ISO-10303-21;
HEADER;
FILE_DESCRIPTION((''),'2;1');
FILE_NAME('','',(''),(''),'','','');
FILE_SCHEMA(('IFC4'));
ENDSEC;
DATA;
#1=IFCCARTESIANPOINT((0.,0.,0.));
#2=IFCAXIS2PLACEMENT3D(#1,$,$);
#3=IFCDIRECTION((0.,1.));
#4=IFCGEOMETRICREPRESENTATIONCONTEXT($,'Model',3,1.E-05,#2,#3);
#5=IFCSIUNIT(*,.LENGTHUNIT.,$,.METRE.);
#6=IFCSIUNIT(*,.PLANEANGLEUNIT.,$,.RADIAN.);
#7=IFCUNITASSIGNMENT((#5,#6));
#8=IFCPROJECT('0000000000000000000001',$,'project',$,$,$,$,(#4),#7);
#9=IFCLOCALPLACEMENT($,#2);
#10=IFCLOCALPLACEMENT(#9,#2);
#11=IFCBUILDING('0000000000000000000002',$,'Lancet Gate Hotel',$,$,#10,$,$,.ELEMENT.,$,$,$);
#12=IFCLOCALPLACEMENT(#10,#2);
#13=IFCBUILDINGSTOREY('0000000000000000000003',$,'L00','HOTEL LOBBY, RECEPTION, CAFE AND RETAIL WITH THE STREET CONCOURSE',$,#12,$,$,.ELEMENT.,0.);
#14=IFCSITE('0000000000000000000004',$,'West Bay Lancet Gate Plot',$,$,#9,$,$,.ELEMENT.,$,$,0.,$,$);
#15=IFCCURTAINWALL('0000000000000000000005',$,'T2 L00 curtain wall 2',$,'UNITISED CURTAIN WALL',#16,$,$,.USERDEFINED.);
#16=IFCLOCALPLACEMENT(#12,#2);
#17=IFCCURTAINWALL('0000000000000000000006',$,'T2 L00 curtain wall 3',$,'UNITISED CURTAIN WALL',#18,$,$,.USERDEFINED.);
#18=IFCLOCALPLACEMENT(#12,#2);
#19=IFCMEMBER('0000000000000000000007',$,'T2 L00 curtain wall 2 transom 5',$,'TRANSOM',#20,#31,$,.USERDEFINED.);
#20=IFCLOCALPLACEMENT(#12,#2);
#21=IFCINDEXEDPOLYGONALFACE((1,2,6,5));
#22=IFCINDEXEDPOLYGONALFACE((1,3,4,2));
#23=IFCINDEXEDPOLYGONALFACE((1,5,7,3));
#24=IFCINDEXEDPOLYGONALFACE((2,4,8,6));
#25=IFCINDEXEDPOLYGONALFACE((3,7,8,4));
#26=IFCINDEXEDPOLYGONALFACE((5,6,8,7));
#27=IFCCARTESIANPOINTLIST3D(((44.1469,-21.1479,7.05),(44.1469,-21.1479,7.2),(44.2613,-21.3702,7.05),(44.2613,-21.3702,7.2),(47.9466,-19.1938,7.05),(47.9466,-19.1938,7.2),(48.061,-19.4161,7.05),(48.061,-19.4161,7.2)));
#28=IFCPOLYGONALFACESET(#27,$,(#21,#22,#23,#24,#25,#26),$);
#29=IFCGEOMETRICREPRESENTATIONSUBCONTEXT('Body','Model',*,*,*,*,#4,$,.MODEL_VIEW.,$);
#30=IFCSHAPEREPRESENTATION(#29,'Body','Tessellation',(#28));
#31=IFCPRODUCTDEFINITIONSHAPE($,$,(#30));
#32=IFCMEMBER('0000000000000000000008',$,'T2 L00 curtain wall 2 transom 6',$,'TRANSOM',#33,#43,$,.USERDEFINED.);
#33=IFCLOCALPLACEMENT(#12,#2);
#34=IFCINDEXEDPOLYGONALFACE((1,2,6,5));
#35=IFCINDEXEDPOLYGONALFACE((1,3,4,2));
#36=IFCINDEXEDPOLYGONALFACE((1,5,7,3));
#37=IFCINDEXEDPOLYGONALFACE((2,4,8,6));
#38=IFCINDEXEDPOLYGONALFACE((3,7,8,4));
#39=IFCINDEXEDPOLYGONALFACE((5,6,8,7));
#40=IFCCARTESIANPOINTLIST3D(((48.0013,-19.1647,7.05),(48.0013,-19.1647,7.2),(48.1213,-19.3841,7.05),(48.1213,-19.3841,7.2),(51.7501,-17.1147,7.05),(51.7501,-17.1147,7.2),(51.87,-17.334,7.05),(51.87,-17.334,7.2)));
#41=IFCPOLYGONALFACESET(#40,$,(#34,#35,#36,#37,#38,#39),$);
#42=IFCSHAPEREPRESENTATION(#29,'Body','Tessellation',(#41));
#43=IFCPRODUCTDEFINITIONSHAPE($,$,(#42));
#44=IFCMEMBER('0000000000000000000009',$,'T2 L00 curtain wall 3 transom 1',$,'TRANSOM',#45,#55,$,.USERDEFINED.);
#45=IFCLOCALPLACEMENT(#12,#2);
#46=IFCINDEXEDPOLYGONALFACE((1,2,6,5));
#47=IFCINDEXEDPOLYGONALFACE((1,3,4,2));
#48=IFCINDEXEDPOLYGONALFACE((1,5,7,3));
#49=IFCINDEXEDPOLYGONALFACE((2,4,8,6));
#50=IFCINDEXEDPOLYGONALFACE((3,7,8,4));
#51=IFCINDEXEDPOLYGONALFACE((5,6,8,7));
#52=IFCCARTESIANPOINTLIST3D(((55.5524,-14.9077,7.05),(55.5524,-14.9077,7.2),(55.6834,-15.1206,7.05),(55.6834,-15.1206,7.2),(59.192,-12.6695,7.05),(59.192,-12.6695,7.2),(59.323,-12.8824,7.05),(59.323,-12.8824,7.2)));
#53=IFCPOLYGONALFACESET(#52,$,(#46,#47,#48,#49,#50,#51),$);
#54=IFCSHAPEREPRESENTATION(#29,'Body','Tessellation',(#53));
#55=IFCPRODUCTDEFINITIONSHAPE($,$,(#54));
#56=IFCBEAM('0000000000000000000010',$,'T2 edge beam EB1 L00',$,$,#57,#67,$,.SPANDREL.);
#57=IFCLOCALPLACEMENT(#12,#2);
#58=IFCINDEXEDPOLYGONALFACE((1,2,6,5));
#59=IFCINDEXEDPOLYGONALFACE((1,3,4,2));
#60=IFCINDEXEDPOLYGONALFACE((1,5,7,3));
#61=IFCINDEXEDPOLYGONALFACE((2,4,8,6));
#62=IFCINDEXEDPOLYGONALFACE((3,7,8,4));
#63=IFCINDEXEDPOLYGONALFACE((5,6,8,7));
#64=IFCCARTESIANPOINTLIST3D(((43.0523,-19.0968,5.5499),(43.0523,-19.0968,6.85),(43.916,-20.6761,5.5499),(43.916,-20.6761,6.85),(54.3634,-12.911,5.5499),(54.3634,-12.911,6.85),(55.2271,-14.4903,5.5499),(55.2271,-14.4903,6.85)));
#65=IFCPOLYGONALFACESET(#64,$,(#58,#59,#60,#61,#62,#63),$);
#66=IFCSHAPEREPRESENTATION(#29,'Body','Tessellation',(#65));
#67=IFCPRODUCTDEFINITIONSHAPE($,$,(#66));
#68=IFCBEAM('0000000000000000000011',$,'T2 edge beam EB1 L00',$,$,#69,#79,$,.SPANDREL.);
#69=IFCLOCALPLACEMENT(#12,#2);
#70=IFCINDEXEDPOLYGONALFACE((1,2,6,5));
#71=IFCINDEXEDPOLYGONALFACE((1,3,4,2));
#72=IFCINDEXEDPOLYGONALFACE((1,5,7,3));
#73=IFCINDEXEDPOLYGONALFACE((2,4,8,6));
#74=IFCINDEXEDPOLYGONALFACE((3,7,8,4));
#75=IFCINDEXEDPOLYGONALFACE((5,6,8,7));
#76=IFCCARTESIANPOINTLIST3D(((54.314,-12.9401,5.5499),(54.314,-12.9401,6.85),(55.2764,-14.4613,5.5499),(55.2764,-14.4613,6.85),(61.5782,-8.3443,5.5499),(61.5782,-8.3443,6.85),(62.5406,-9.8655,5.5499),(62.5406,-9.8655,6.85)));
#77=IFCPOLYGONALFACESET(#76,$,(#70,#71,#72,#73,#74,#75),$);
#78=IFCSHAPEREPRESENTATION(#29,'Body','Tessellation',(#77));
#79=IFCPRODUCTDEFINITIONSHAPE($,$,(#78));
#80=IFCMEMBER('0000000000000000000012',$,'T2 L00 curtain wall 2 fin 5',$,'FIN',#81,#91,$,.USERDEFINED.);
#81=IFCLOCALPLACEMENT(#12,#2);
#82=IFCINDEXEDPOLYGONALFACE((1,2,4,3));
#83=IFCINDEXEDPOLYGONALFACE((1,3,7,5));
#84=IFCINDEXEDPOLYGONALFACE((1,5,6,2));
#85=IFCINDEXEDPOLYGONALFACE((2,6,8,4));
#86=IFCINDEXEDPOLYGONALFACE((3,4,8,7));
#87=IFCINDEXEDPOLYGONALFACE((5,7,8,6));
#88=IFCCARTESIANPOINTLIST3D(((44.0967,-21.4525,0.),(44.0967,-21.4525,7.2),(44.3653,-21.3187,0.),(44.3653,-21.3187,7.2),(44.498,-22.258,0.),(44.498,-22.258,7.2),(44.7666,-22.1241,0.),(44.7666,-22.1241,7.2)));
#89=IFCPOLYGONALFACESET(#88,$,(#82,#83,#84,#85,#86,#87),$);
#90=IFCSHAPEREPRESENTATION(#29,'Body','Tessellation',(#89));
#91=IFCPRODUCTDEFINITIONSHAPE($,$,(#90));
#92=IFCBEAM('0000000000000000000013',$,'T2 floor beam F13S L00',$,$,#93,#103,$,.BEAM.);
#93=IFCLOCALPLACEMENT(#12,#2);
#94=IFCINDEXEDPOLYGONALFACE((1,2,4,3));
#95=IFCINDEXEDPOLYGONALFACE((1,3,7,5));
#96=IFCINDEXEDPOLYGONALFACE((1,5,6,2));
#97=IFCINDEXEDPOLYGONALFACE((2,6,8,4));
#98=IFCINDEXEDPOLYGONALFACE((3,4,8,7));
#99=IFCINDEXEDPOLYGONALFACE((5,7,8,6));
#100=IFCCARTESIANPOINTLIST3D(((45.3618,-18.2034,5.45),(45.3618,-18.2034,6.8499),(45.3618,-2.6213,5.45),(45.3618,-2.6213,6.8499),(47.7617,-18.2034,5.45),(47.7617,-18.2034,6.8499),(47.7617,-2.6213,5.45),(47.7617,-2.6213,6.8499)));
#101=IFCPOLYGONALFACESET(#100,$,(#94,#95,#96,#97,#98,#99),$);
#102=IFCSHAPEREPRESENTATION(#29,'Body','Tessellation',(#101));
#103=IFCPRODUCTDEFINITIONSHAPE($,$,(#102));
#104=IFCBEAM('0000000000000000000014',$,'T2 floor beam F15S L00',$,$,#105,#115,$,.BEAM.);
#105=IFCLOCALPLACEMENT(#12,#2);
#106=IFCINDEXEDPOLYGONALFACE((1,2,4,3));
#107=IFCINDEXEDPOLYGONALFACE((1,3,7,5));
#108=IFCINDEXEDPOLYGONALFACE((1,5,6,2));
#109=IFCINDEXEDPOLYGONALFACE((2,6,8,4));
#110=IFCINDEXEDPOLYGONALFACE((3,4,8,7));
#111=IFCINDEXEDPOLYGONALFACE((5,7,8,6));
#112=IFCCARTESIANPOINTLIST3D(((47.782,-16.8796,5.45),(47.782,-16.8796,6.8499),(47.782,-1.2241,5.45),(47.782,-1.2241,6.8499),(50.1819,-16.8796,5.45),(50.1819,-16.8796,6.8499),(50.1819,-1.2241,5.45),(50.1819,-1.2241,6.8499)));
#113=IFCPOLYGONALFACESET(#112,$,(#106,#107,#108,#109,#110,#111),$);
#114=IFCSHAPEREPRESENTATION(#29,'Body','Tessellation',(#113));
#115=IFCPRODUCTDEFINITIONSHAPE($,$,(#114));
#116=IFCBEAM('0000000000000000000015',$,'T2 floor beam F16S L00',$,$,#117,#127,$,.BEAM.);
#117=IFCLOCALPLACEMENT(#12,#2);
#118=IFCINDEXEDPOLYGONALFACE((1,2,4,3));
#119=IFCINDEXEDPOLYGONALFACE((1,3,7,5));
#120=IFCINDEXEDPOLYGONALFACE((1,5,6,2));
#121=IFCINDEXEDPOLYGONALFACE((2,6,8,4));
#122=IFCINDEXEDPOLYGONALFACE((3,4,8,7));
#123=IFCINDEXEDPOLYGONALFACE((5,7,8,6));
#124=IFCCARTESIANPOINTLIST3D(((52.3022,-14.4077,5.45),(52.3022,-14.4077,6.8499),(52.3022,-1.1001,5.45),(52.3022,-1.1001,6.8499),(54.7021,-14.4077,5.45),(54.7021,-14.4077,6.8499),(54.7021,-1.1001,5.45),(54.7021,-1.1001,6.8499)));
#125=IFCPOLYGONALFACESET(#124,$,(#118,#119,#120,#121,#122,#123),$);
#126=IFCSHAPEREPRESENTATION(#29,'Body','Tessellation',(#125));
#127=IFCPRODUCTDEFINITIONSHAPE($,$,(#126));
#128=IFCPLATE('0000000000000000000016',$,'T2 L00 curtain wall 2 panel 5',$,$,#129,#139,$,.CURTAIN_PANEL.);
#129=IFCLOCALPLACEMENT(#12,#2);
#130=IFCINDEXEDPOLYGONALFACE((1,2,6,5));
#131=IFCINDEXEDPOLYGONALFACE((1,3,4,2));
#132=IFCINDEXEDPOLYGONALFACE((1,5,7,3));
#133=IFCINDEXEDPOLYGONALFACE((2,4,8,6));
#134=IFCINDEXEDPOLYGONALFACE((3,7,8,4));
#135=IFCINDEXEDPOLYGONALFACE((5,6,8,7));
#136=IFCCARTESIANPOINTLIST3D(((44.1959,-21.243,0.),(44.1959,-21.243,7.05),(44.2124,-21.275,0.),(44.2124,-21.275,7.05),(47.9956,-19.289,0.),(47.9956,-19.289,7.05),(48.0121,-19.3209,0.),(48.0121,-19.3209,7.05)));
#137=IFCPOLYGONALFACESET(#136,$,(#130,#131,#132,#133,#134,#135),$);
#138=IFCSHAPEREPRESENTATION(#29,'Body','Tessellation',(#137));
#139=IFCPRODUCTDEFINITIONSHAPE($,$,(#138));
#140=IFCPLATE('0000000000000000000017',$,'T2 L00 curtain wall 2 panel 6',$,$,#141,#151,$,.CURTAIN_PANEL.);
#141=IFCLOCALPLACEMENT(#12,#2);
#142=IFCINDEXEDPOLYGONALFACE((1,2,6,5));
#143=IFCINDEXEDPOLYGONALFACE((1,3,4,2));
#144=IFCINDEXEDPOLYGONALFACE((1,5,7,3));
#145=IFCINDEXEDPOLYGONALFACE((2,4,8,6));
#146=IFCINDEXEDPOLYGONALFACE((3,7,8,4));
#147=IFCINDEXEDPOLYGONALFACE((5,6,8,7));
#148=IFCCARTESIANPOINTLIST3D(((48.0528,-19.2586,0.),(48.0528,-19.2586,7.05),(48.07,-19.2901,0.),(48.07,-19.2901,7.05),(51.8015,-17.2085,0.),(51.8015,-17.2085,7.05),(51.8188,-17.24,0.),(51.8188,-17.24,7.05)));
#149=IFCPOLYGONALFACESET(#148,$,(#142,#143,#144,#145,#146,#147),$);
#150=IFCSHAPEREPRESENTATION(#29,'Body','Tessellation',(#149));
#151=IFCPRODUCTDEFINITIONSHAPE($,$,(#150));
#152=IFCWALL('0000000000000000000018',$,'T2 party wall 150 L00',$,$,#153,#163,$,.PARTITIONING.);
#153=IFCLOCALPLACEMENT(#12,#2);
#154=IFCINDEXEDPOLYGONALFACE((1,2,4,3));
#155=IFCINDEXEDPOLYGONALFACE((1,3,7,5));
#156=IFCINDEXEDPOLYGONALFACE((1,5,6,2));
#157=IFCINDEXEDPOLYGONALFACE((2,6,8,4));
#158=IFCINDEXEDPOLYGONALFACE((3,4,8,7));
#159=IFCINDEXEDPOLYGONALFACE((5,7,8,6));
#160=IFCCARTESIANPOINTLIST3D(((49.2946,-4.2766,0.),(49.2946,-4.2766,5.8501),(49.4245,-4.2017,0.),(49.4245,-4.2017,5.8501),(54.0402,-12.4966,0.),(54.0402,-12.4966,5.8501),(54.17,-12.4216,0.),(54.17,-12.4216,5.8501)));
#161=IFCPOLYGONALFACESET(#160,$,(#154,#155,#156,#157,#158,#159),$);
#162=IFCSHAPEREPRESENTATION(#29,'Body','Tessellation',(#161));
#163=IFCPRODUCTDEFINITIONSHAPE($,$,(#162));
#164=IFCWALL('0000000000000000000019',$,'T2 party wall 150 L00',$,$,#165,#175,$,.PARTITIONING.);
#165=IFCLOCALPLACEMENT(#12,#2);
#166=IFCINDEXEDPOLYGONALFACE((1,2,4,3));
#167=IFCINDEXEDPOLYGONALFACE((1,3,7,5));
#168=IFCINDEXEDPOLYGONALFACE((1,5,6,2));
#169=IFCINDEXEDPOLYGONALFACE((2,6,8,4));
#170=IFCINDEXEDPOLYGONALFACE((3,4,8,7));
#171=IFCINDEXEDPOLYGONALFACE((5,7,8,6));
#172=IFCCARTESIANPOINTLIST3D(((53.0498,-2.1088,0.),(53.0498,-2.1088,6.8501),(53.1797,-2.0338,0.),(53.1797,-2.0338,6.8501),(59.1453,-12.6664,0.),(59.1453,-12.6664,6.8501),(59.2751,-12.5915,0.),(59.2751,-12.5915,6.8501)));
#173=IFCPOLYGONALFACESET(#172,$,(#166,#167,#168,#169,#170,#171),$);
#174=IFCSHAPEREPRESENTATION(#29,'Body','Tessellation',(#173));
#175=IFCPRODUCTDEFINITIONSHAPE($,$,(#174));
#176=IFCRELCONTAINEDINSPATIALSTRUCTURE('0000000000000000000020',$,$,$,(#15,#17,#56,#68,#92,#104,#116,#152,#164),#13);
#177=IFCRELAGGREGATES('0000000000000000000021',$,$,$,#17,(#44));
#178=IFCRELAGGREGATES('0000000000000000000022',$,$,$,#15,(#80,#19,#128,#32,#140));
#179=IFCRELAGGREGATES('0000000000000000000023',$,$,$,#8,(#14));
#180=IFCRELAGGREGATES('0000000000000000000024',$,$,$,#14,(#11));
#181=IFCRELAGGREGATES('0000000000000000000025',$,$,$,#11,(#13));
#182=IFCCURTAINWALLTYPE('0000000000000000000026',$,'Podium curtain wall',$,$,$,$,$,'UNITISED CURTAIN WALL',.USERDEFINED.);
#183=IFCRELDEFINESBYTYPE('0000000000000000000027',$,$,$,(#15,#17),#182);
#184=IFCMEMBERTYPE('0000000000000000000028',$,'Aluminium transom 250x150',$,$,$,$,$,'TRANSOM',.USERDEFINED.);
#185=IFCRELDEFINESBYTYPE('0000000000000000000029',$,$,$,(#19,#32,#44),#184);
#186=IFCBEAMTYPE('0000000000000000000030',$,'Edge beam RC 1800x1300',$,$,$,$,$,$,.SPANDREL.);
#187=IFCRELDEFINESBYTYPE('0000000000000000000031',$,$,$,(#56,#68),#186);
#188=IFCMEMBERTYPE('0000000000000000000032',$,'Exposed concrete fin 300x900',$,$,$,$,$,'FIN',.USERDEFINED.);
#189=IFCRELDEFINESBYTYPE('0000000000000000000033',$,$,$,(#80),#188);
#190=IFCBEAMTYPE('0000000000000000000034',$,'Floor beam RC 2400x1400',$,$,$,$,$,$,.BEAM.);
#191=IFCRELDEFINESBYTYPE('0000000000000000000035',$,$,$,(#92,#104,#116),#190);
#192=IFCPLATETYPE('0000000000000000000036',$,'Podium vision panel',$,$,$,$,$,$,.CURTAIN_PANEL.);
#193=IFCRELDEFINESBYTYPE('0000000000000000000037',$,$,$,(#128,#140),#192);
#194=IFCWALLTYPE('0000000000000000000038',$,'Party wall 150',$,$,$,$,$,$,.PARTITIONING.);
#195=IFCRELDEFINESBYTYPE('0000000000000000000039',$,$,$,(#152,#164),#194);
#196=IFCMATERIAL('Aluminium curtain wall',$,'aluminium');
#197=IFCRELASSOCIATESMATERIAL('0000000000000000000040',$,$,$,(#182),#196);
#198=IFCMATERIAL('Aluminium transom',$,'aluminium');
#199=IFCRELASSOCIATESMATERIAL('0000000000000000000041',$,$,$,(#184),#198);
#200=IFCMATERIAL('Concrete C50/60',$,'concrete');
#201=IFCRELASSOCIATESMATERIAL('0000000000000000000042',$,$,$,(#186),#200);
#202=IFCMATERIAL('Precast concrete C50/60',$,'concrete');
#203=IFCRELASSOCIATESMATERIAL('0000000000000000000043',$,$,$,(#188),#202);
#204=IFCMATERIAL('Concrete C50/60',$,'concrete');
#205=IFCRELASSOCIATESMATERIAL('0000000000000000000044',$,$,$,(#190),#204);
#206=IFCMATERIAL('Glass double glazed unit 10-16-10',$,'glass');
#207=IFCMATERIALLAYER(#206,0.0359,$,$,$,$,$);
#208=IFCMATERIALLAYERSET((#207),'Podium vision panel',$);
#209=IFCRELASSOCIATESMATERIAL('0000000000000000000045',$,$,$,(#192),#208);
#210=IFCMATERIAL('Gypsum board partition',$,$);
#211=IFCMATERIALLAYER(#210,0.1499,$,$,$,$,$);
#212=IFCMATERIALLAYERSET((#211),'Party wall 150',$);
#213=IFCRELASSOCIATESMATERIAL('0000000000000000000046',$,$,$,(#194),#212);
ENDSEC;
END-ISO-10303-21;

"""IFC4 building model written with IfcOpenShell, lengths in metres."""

from ifc_helpers import new_model, si_unit, direction, frame, frame_2d, origin, origin_2d, place, context, subcontext, project, spatial, rectangle, extrude, material, layer, layer_set, material_profile, profile_set, type_object, element, aggregate, save


model = new_model("IFC4")

# Units and contexts
model_context = context("Model", 3, precision=1e-05, world=origin(), true_north=direction((0.0, 1.0)))
body_context = subcontext(model_context, "Body", "Model", "MODEL_VIEW")
ifc_project = project(units=[si_unit("LENGTHUNIT", "METRE"), si_unit("PLANEANGLEUNIT", "RADIAN")], contexts=[model_context])

# Site, building, storey
site_placement = place(None, origin())
site = spatial("IfcSite", under=ifc_project, at=site_placement, Name="West Bay Lancet Gate Plot", CompositionType="ELEMENT", RefElevation=0.0)
building_placement = place(site_placement, origin())
building = spatial("IfcBuilding", under=site, at=building_placement, Name="Lancet Gate Hotel", CompositionType="ELEMENT")
storey_placement = place(building_placement, origin())
storey = spatial("IfcBuildingStorey", under=building, at=storey_placement, Name="L00", Description="HOTEL LOBBY, RECEPTION, CAFE AND RETAIL WITH THE STREET CONCOURSE", CompositionType="ELEMENT", Elevation=0.0)

# Curtain wall
ifc_material_1 = material(Name="Aluminium curtain wall", Category="aluminium")
curtain_wall_type = type_object("IfcCurtainWallType", Name="Podium curtain wall", ElementType="UNITISED CURTAIN WALL", PredefinedType="USERDEFINED", material=ifc_material_1)
curtain_wall_1_placement = place(storey_placement, origin())
curtain_wall_1 = element("IfcCurtainWall", 1, at=curtain_wall_1_placement, inside=storey, type_object=curtain_wall_type, Name="T2 L00 curtain wall 2", ObjectType="UNITISED CURTAIN WALL", PredefinedType="USERDEFINED")

# Curtain wall
curtain_wall_2_placement = place(storey_placement, origin())
curtain_wall_2 = element("IfcCurtainWall", 2, at=curtain_wall_2_placement, inside=storey, type_object=curtain_wall_type, Name="T2 L00 curtain wall 3", ObjectType="UNITISED CURTAIN WALL", PredefinedType="USERDEFINED")

# Members
ifc_material_2 = material(Name="Aluminium transom", Category="aluminium")
ifc_material_profile_1 = material_profile(ifc_material_2, rectangle(XDim=0.25, YDim=0.1499, at=origin_2d()), Name="TRANSOM 250x150")
ifc_profile_set_1 = profile_set([ifc_material_profile_1], Name="Aluminium transom")
member_type_1 = type_object("IfcMemberType", Name="Aluminium transom 250x150", ElementType="TRANSOM", PredefinedType="USERDEFINED", material=ifc_profile_set_1)
member_1_placement = place(storey_placement, frame((44.2041, -21.259, 7.125), z_axis=(0.889296, 0.457333, 0.0), x_axis=(-0.457333, 0.889296, 0.0)))
member_1 = element("IfcMember", 3, at=member_1_placement, type_object=member_type_1, Name="T2 L00 curtain wall 2 transom 5", ObjectType="TRANSOM", PredefinedType="USERDEFINED", context=body_context, shape_type="SweptSolid", body=[
    extrude(rectangle(XDim=0.25, YDim=0.1499, at=origin_2d()), origin(), (0.0, 0.0, 1.0), 4.2727),
])
member_2_placement = place(storey_placement, frame((48.0613, -19.2744, 7.125), z_axis=(0.877378, 0.479801, 0.0), x_axis=(-0.479801, 0.877378, 0.0)))
member_2 = element("IfcMember", 4, at=member_2_placement, type_object=member_type_1, Name="T2 L00 curtain wall 2 transom 6", ObjectType="TRANSOM", PredefinedType="USERDEFINED", context=body_context, shape_type="SweptSolid", body=[
    extrude(rectangle(XDim=0.25, YDim=0.1499, at=origin_2d()), origin(), (0.0, 0.0, 1.0), 4.2727),
])
member_3_placement = place(storey_placement, frame((55.6179, -15.0142, 7.125), z_axis=(0.851815, 0.523842, 0.0), x_axis=(-0.523842, 0.851815, 0.0)))
member_3 = element("IfcMember", 5, at=member_3_placement, type_object=member_type_1, Name="T2 L00 curtain wall 3 transom 1", ObjectType="TRANSOM", PredefinedType="USERDEFINED", context=body_context, shape_type="SweptSolid", body=[
    extrude(rectangle(XDim=0.25, YDim=0.1499, at=origin_2d()), origin(), (0.0, 0.0, 1.0), 4.2727),
])
aggregate(curtain_wall_2, [member_3])

# Beams
ifc_material_3 = material(Name="Concrete C50/60", Category="concrete")
ifc_material_profile_2 = material_profile(ifc_material_3, rectangle(XDim=1.8, YDim=1.3, at=origin_2d()), Name="RC 1800x1300")
ifc_profile_set_2 = profile_set([ifc_material_profile_2], Name="Concrete C50/60")
beam_type_1 = type_object("IfcBeamType", Name="Edge beam RC 1800x1300", PredefinedType="SPANDREL", material=ifc_profile_set_2)
beam_1_placement = place(storey_placement, frame((43.4841, -19.8865, 6.2), z_axis=(0.877369, 0.479816, 0.0), x_axis=(-0.479816, 0.877369, 0.0)))
element("IfcBeam", 6, at=beam_1_placement, inside=storey, type_object=beam_type_1, Name="T2 edge beam EB1 L00", PredefinedType="SPANDREL", context=body_context, shape_type="SweptSolid", body=[
    extrude(rectangle(XDim=1.8, YDim=1.3, at=origin_2d()), origin(), (0.0, 0.0, 1.0), 12.8921),
])
beam_2_placement = place(storey_placement, frame((54.7952, -13.7007, 6.2), z_axis=(0.845078, 0.534643, 0.0), x_axis=(-0.534643, 0.845078, 0.0)))
element("IfcBeam", 7, at=beam_2_placement, inside=storey, type_object=beam_type_1, Name="T2 edge beam EB1 L00", PredefinedType="SPANDREL", context=body_context, shape_type="SweptSolid", body=[
    extrude(rectangle(XDim=1.8, YDim=1.3, at=origin_2d()), origin(), (0.0, 0.0, 1.0), 8.5959),
])

# Member
ifc_material_4 = material(Name="Precast concrete C50/60", Category="concrete")
ifc_material_profile_3 = material_profile(ifc_material_4, rectangle(XDim=0.3, YDim=0.8999, at=origin_2d()), Name="FIN 300x900")
ifc_profile_set_3 = profile_set([ifc_material_profile_3], Name="Precast concrete C50/60")
member_type_2 = type_object("IfcMemberType", Name="Exposed concrete fin 300x900", ElementType="FIN", PredefinedType="USERDEFINED", material=ifc_profile_set_3)
member_4_placement = place(storey_placement, frame((44.4316, -21.7883, 0.0), z_axis=(0.0, 0.0, 1.0), x_axis=(0.895044, 0.445978, 0.0)))
member_4 = element("IfcMember", 8, at=member_4_placement, type_object=member_type_2, Name="T2 L00 curtain wall 2 fin 5", ObjectType="FIN", PredefinedType="USERDEFINED", context=body_context, shape_type="SweptSolid", body=[
    extrude(rectangle(XDim=0.3, YDim=0.8999, at=origin_2d()), origin(), (0.0, 0.0, 1.0), 7.2),
])

# Beams
ifc_material_5 = material(Name="Concrete C50/60", Category="concrete")
ifc_material_profile_4 = material_profile(ifc_material_5, rectangle(XDim=2.3999, YDim=1.3999, at=origin_2d()), Name="RC 2400x1400")
ifc_profile_set_4 = profile_set([ifc_material_profile_4], Name="Concrete C50/60")
beam_type_2 = type_object("IfcBeamType", Name="Floor beam RC 2400x1400", PredefinedType="BEAM", material=ifc_profile_set_4)
beam_3_placement = place(storey_placement, frame((46.5618, -18.2034, 6.1499), z_axis=(0.0, 1.0, 0.0), x_axis=(-1.0, 0.0, 0.0)))
element("IfcBeam", 9, at=beam_3_placement, inside=storey, type_object=beam_type_2, Name="T2 floor beam F13S L00", PredefinedType="BEAM", context=body_context, shape_type="SweptSolid", body=[
    extrude(rectangle(XDim=2.3999, YDim=1.3999, at=origin_2d()), origin(), (0.0, 0.0, 1.0), 15.582),
])
beam_4_placement = place(storey_placement, frame((48.9819, -16.8796, 6.1499), z_axis=(0.0, 1.0, 0.0), x_axis=(-1.0, 0.0, 0.0)))
element("IfcBeam", 10, at=beam_4_placement, inside=storey, type_object=beam_type_2, Name="T2 floor beam F15S L00", PredefinedType="BEAM", context=body_context, shape_type="SweptSolid", body=[
    extrude(rectangle(XDim=2.3999, YDim=1.3999, at=origin_2d()), origin(), (0.0, 0.0, 1.0), 15.6555),
])
beam_5_placement = place(storey_placement, frame((53.5022, -14.4077, 6.1499), z_axis=(0.0, 1.0, 0.0), x_axis=(-1.0, 0.0, 0.0)))
element("IfcBeam", 11, at=beam_5_placement, inside=storey, type_object=beam_type_2, Name="T2 floor beam F16S L00", PredefinedType="BEAM", context=body_context, shape_type="SweptSolid", body=[
    extrude(rectangle(XDim=2.3999, YDim=1.3999, at=origin_2d()), origin(), (0.0, 0.0, 1.0), 13.3076),
])

# Plates
ifc_material_6 = material(Name="Glass double glazed unit 10-16-10", Category="glass")
ifc_layer_1 = layer(ifc_material_6, 0.0359)
ifc_layer_set_1 = layer_set([ifc_layer_1], Name="Podium vision panel")
plate_type = type_object("IfcPlateType", Name="Podium vision panel", PredefinedType="CURTAIN_PANEL", material=ifc_layer_set_1)
plate_1_placement = place(storey_placement, frame((46.104, -20.282, 0.0), z_axis=(0.0, 0.0, 1.0), x_axis=(0.889296, 0.457332, 0.0)))
plate_1 = element("IfcPlate", 12, at=plate_1_placement, type_object=plate_type, Name="T2 L00 curtain wall 2 panel 5", PredefinedType="CURTAIN_PANEL", context=body_context, shape_type="SweptSolid", body=[
    extrude(rectangle(XDim=4.2727, YDim=0.0359, at=origin_2d()), origin(), (0.0, 0.0, 1.0), 7.05),
])
plate_2_placement = place(storey_placement, frame((49.9358, -18.2493, 0.0), z_axis=(0.0, 0.0, 1.0), x_axis=(0.877368, 0.479818, 0.0)))
plate_2 = element("IfcPlate", 13, at=plate_2_placement, type_object=plate_type, Name="T2 L00 curtain wall 2 panel 6", PredefinedType="CURTAIN_PANEL", context=body_context, shape_type="SweptSolid", body=[
    extrude(rectangle(XDim=4.2727, YDim=0.0359, at=origin_2d()), origin(), (0.0, 0.0, 1.0), 7.05),
])
aggregate(curtain_wall_1, [member_4, member_1, plate_1, member_2, plate_2])

# Walls
ifc_material_7 = material(Name="Gypsum board partition")
ifc_layer_2 = layer(ifc_material_7, 0.1499)
ifc_layer_set_2 = layer_set([ifc_layer_2], Name="Party wall 150")
wall_type_1 = type_object("IfcWallType", Name="Party wall 150", PredefinedType="PARTITIONING", material=ifc_layer_set_2)
wall_1_placement = place(storey_placement, frame((49.3596, -4.2393, 0.0), z_axis=(0.0, 0.0, 1.0), x_axis=(0.499984, -0.866034, 0.0)))
element("IfcWall", 14, at=wall_1_placement, inside=storey, type_object=wall_type_1, Name="T2 party wall 150 L00", PredefinedType="PARTITIONING", context=body_context, shape_type="SweptSolid", body=[
    extrude(rectangle(XDim=9.4915, YDim=0.1499, at=frame_2d((4.7456, 0.0))), origin(), (0.0, 0.0, 1.0), 5.8501),
])
wall_2_placement = place(storey_placement, frame((53.1147, -2.0713, 0.0), z_axis=(0.0, 0.0, 1.0), x_axis=(0.500001, -0.866025, 0.0)))
element("IfcWall", 15, at=wall_2_placement, inside=storey, type_object=wall_type_1, Name="T2 party wall 150 L00", PredefinedType="PARTITIONING", context=body_context, shape_type="SweptSolid", body=[
    extrude(rectangle(XDim=12.1909, YDim=0.1499, at=frame_2d((6.0955, 0.0))), origin(), (0.0, 0.0, 1.0), 6.8501),
])

save(model, "model.ifc")
